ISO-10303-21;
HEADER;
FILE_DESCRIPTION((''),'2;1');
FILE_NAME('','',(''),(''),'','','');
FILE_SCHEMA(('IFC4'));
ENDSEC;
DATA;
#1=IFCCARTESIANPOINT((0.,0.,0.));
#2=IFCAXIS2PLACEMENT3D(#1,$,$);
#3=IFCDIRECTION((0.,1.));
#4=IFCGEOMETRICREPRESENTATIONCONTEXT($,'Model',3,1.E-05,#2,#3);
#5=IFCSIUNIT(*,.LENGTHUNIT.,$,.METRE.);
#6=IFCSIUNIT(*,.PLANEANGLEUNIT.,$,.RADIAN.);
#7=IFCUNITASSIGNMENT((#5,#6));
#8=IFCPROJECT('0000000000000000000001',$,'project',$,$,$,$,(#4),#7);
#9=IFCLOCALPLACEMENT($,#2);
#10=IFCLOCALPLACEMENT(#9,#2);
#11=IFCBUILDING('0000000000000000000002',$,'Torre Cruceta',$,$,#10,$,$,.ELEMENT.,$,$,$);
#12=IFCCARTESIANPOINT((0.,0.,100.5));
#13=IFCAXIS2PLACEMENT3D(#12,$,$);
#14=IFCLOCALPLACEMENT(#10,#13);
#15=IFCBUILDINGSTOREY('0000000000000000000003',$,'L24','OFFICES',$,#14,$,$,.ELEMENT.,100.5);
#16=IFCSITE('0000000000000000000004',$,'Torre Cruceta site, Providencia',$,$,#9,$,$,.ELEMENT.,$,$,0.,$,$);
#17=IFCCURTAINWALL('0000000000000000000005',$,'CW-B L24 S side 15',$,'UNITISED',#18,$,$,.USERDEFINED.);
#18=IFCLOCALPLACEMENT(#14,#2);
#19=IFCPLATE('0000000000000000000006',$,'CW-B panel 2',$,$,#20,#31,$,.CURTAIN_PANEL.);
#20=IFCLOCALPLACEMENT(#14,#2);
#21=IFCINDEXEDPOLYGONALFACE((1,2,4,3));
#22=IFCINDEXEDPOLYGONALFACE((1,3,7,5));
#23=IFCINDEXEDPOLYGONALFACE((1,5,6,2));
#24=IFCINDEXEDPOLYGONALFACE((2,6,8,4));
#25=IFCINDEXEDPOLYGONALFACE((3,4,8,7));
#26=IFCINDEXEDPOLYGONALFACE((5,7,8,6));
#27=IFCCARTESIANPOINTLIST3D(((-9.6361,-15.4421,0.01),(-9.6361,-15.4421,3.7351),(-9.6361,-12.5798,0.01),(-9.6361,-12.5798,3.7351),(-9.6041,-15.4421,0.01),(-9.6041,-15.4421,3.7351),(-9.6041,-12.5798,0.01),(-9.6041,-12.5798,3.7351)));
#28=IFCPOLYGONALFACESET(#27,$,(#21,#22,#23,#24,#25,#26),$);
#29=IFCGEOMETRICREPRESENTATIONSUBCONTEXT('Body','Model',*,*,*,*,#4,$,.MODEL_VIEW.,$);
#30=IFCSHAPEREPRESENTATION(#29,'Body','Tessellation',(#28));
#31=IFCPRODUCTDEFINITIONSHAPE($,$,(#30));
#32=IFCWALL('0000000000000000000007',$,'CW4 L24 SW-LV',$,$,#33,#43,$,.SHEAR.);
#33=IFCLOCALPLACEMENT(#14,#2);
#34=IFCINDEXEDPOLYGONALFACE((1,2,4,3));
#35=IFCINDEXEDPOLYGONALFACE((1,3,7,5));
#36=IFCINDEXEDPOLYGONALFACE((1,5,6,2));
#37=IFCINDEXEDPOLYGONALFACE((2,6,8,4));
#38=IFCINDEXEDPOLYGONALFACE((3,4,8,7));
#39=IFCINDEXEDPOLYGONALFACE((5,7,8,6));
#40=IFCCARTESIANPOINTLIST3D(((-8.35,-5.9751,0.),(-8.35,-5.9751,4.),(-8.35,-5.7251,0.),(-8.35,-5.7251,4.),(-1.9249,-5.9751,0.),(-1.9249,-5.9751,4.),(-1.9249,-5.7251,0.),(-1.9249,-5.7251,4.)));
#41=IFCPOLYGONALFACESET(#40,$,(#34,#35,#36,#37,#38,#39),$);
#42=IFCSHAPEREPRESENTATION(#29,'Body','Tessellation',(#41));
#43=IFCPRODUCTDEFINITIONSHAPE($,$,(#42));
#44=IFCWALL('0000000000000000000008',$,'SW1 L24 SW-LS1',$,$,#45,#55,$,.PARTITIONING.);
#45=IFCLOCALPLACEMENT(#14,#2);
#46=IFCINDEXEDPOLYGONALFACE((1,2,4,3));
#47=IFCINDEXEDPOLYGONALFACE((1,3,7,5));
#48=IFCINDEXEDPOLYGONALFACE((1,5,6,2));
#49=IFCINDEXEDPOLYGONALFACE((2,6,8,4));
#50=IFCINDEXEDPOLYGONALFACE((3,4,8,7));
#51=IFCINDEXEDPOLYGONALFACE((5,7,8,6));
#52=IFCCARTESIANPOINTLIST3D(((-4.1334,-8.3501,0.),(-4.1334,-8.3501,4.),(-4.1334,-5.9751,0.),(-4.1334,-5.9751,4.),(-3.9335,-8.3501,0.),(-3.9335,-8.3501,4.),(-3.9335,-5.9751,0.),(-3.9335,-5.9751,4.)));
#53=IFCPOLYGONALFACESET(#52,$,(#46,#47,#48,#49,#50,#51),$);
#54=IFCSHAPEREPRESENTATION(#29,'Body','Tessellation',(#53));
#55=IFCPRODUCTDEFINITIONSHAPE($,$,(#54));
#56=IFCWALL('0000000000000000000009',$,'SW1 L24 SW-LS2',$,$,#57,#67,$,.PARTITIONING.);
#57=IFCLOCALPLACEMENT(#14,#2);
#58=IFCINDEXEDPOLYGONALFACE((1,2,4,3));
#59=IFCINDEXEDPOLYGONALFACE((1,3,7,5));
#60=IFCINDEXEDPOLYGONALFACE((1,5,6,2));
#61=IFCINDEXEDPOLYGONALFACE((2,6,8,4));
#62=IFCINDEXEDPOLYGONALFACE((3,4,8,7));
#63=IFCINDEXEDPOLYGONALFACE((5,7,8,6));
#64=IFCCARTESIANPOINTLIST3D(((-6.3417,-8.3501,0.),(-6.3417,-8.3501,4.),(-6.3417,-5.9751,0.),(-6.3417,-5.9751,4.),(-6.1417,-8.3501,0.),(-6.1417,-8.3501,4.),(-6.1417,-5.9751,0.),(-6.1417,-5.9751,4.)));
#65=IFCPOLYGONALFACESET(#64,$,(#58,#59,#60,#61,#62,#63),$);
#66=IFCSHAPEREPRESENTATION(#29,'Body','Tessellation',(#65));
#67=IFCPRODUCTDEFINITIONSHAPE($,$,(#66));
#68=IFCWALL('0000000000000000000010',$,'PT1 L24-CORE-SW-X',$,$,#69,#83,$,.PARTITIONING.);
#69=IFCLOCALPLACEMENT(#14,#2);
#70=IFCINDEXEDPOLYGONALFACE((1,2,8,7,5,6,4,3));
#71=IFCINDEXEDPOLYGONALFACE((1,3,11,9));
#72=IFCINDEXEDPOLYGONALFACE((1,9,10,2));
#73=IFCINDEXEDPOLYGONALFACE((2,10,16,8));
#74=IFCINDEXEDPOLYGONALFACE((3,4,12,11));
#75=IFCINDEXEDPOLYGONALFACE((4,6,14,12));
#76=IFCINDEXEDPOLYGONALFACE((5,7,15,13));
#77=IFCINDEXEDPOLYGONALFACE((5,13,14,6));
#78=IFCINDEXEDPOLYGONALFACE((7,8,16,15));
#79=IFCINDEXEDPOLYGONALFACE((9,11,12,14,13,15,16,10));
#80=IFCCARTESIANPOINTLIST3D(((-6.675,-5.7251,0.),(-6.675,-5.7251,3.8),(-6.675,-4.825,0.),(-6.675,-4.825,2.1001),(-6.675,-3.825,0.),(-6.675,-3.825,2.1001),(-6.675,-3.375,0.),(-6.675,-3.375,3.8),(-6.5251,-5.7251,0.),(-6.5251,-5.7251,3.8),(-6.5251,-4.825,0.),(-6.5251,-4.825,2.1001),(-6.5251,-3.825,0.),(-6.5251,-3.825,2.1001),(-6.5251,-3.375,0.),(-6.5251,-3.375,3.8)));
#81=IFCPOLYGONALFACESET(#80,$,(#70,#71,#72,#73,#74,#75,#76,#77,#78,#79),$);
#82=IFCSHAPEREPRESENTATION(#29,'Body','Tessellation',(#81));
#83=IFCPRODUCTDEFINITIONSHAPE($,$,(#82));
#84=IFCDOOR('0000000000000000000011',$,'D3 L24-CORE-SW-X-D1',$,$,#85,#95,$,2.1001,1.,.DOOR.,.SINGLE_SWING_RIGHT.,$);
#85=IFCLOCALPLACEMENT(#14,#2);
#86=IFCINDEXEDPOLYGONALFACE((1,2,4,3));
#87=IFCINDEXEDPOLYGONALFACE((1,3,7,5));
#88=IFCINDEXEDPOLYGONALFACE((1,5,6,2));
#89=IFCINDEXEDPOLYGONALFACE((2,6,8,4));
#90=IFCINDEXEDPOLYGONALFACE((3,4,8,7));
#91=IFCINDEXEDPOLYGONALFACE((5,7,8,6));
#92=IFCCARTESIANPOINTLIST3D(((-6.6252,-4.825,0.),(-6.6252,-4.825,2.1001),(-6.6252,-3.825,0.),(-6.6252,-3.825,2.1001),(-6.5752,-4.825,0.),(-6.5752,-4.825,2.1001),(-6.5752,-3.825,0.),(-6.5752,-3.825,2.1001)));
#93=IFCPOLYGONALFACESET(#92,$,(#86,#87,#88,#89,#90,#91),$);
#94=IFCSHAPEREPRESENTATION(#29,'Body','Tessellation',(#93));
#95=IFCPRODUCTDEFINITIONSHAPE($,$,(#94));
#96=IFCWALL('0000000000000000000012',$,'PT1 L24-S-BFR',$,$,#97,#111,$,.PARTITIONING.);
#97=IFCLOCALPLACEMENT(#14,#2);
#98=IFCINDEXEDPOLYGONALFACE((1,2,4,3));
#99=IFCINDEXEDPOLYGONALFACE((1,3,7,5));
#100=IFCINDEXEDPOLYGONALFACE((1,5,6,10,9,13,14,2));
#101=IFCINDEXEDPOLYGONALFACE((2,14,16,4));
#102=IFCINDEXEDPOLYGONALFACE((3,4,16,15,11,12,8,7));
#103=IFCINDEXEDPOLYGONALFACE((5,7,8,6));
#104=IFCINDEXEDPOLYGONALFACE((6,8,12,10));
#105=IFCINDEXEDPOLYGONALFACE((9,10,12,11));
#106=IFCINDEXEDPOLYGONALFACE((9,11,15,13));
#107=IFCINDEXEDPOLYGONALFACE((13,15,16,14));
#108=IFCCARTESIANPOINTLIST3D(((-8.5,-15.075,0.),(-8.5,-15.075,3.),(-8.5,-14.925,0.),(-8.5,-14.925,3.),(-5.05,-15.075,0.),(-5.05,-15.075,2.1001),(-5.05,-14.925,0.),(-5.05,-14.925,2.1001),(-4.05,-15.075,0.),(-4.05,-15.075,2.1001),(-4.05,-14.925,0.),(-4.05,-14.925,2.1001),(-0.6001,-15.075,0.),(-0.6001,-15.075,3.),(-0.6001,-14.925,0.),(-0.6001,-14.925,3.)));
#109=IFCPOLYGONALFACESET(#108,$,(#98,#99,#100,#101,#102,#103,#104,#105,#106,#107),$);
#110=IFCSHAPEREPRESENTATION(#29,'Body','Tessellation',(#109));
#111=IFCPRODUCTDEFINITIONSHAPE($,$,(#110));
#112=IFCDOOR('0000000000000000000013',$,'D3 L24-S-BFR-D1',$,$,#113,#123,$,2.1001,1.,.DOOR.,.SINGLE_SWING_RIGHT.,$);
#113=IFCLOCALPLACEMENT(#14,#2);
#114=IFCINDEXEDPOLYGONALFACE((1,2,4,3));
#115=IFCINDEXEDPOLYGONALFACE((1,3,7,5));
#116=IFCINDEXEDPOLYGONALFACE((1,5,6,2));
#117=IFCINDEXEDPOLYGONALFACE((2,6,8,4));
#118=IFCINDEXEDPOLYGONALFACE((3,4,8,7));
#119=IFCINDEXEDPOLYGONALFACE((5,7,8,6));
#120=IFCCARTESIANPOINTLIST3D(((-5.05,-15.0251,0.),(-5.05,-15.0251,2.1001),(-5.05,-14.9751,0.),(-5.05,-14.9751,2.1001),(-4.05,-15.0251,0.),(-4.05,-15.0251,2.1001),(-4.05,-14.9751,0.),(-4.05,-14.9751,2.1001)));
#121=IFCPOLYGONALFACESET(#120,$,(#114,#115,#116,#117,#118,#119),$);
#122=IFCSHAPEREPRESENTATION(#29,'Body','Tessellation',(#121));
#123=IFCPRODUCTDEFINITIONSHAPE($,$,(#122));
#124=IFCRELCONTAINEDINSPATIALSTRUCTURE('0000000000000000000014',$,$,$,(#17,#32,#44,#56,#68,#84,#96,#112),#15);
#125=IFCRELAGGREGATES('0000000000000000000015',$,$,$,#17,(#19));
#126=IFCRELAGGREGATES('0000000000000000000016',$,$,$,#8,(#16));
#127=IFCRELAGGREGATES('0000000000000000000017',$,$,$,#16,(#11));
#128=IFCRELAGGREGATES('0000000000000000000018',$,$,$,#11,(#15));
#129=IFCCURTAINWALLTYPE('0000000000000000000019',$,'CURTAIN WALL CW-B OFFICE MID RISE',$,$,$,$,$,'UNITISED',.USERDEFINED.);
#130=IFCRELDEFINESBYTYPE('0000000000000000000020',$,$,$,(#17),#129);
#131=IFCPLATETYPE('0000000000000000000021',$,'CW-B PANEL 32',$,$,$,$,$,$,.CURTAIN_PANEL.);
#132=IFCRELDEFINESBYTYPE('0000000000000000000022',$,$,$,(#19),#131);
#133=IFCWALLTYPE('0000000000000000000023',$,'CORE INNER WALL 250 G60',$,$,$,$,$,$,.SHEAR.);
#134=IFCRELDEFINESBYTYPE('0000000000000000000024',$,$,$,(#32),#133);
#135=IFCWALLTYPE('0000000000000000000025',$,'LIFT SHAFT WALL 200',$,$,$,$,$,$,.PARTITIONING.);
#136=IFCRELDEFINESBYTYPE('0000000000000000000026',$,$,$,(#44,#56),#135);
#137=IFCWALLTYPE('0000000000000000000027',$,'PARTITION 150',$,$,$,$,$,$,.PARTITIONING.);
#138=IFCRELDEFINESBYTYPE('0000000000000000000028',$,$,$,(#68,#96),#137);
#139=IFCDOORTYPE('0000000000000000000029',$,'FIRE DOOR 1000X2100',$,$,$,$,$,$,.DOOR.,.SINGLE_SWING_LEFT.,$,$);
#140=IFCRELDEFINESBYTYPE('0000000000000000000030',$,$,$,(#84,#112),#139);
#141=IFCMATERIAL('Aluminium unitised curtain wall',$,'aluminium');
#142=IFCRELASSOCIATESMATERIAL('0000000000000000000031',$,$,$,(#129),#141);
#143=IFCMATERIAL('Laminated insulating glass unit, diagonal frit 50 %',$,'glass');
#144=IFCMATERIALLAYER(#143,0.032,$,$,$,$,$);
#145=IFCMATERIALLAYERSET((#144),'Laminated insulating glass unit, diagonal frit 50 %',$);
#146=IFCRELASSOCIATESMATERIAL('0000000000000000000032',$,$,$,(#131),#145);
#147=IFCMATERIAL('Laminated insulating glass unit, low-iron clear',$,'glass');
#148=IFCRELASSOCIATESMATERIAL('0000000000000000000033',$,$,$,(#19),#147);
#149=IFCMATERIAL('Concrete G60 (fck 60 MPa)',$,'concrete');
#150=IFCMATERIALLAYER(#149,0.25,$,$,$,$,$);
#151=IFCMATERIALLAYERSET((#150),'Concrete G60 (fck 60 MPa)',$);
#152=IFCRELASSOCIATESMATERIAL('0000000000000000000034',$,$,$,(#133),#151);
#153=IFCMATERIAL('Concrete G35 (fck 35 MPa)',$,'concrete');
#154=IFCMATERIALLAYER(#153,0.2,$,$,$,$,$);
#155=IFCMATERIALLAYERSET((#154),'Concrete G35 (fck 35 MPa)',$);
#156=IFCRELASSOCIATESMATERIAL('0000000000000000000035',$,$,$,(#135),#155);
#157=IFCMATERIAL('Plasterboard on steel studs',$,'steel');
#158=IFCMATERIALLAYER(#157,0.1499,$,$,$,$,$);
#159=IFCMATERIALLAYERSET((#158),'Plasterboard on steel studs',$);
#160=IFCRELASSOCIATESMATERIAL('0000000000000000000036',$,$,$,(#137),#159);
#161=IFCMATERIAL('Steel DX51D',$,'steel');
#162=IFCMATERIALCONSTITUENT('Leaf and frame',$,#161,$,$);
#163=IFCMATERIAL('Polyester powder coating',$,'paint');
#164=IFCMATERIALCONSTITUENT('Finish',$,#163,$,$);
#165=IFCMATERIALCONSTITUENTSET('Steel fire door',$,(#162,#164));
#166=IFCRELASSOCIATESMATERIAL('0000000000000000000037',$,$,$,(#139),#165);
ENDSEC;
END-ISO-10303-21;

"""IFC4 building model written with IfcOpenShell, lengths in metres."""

from ifc_helpers import new_model, si_unit, direction, frame, frame_2d, origin, origin_2d, place, context, subcontext, project, spatial, rectangle, extrude, material, layer, layer_set, constituent, constituent_set, type_object, element, fill, aggregate, save


model = new_model("IFC4")

# Units and contexts
model_context = context("Model", 3, precision=1e-05, world=origin(), true_north=direction((0.0, 1.0)))
body_context = subcontext(model_context, "Body", "Model", "MODEL_VIEW")
ifc_project = project(units=[si_unit("LENGTHUNIT", "METRE"), si_unit("PLANEANGLEUNIT", "RADIAN")], contexts=[model_context])

# Site, building, storey
site_placement = place(None, origin())
site = spatial("IfcSite", under=ifc_project, at=site_placement, Name="Torre Cruceta site, Providencia", CompositionType="ELEMENT", RefElevation=0.0)
building_placement = place(site_placement, origin())
building = spatial("IfcBuilding", under=site, at=building_placement, Name="Torre Cruceta", CompositionType="ELEMENT")
storey_placement = place(building_placement, frame((0.0, 0.0, 100.5)))
storey = spatial("IfcBuildingStorey", under=building, at=storey_placement, Name="L24", Description="OFFICES", CompositionType="ELEMENT", Elevation=100.5)

# Curtain wall
ifc_material_1 = material(Name="Aluminium unitised curtain wall", Category="aluminium")
curtain_wall_type = type_object("IfcCurtainWallType", Name="CURTAIN WALL CW-B OFFICE MID RISE", ElementType="UNITISED", PredefinedType="USERDEFINED", material=ifc_material_1)
curtain_wall_placement = place(storey_placement, origin())
curtain_wall = element("IfcCurtainWall", 1, at=curtain_wall_placement, inside=storey, type_object=curtain_wall_type, Name="CW-B L24 S side 15", ObjectType="UNITISED", PredefinedType="USERDEFINED")

# Plate
ifc_material_2 = material(Name="Laminated insulating glass unit, low-iron clear", Category="glass")
ifc_material_3 = material(Name="Laminated insulating glass unit, diagonal frit 50 %", Category="glass")
ifc_layer_1 = layer(ifc_material_3, 0.032)
ifc_layer_set_1 = layer_set([ifc_layer_1], Name="Laminated insulating glass unit, diagonal frit 50 %")
plate_type = type_object("IfcPlateType", Name="CW-B PANEL 32", PredefinedType="CURTAIN_PANEL", material=ifc_layer_set_1)
plate_1_placement = place(storey_placement, frame((-9.6201, -14.011, 0.01), z_axis=(0.0, 0.0, 1.0), x_axis=(0.0, -1.0, 0.0)))
plate_1 = element("IfcPlate", 2, at=plate_1_placement, type_object=plate_type, material=ifc_material_2, Name="CW-B panel 2", PredefinedType="CURTAIN_PANEL", context=body_context, shape_type="SweptSolid", body=[
    extrude(rectangle(XDim=2.8623, YDim=0.032, at=origin_2d()), origin(), (0.0, 0.0, 1.0), 3.7251),
])
aggregate(curtain_wall, [plate_1])

# Wall
ifc_material_4 = material(Name="Concrete G60 (fck 60 MPa)", Category="concrete")
ifc_layer_2 = layer(ifc_material_4, 0.25)
ifc_layer_set_2 = layer_set([ifc_layer_2], Name="Concrete G60 (fck 60 MPa)")
wall_type_1 = type_object("IfcWallType", Name="CORE INNER WALL 250 G60", PredefinedType="SHEAR", material=ifc_layer_set_2)
wall_1_placement = place(storey_placement, frame((-1.925, -5.8501, 0.0), z_axis=(0.0, 0.0, 1.0), x_axis=(-1.0, 0.0, 0.0)))
element("IfcWall", 3, at=wall_1_placement, inside=storey, type_object=wall_type_1, Name="CW4 L24 SW-LV", PredefinedType="SHEAR", context=body_context, shape_type="SweptSolid", body=[
    extrude(rectangle(XDim=6.425, YDim=0.25, at=frame_2d((3.2124, 0.0))), origin(), (0.0, 0.0, 1.0), 4.0),
])

# Walls
ifc_material_5 = material(Name="Concrete G35 (fck 35 MPa)", Category="concrete")
ifc_layer_3 = layer(ifc_material_5, 0.2)
ifc_layer_set_3 = layer_set([ifc_layer_3], Name="Concrete G35 (fck 35 MPa)")
wall_type_2 = type_object("IfcWallType", Name="LIFT SHAFT WALL 200", PredefinedType="PARTITIONING", material=ifc_layer_set_3)
for number, where, z_axis, x_axis, name in (
    (4, (-4.0334, -5.9751, 0.0), (0.0, 0.0, 1.0), (0.0, -1.0, 0.0), "SW1 L24 SW-LS1"),
    (5, (-6.2417, -5.9751, 0.0), (0.0, 0.0, 1.0), (0.0, -1.0, 0.0), "SW1 L24 SW-LS2"),
):
    element("IfcWall", number, at=place(storey_placement, frame(where, z_axis=z_axis, x_axis=x_axis)), inside=storey, type_object=wall_type_2, Name=name, PredefinedType="PARTITIONING", context=body_context, shape_type="SweptSolid", body=[
        extrude(rectangle(XDim=2.375, YDim=0.2, at=frame_2d((1.1875, 0.0))), origin(), (0.0, 0.0, 1.0), 4.0),
    ])

# Walls, openings, doors
ifc_material_6 = material(Name="Plasterboard on steel studs", Category="steel")
ifc_layer_4 = layer(ifc_material_6, 0.1499)
ifc_layer_set_4 = layer_set([ifc_layer_4], Name="Plasterboard on steel studs")
wall_type_3 = type_object("IfcWallType", Name="PARTITION 150", PredefinedType="PARTITIONING", material=ifc_layer_set_4)
wall_2_placement = place(storey_placement, frame((-6.6001, -3.375, 0.0), z_axis=(0.0, 0.0, 1.0), x_axis=(0.0, -1.0, 0.0)))
wall_2 = element("IfcWall", 6, at=wall_2_placement, inside=storey, type_object=wall_type_3, Name="PT1 L24-CORE-SW-X", PredefinedType="PARTITIONING", context=body_context, shape_type="SweptSolid", body=[
    extrude(rectangle(XDim=2.3501, YDim=0.1499, at=frame_2d((1.175, 0.0))), origin(), (0.0, 0.0, 1.0), 3.8),
])
opening_1_placement = place(wall_2_placement, frame((0.45, 0.0, 0.0)))
opening_1 = element("IfcOpeningElement", 7, at=opening_1_placement, cuts=wall_2, PredefinedType="OPENING", context=body_context, shape_type="SweptSolid", body=[
    extrude(rectangle(XDim=1.0, YDim=2.1001, at=frame_2d((0.5, 1.05))), frame((0.0, 0.085, 0.0), z_axis=(0.0, -1.0, 0.0), x_axis=(1.0, 0.0, 0.0)), (0.0, 0.0, 1.0), 0.1699),
])
ifc_material_7 = material(Name="Steel DX51D", Category="steel")
ifc_constituent_1 = constituent(ifc_material_7, Name="Leaf and frame")
ifc_material_8 = material(Name="Polyester powder coating", Category="paint")
ifc_constituent_2 = constituent(ifc_material_8, Name="Finish")
ifc_constituent_set_1 = constituent_set(constituents=[ifc_constituent_1, ifc_constituent_2], Name="Steel fire door")
door_type_1 = type_object("IfcDoorType", Name="FIRE DOOR 1000X2100", OperationType="SINGLE_SWING_LEFT", PredefinedType="DOOR", material=ifc_constituent_set_1)
door_1_placement = place(opening_1_placement, frame((1.0, 0.0, 0.0), z_axis=(0.0, 0.0, 1.0), x_axis=(-1.0, 0.0, 0.0)))
door_1 = element("IfcDoor", 8, at=door_1_placement, inside=storey, type_object=door_type_1, Name="D3 L24-CORE-SW-X-D1", OperationType="SINGLE_SWING_RIGHT", OverallHeight=2.1001, OverallWidth=1.0, PredefinedType="DOOR", context=body_context, shape_type="SweptSolid", body=[
    extrude(rectangle(XDim=1.0, YDim=2.1001, at=frame_2d((0.5, 1.05))), frame((0.0, 0.0251, 0.0), z_axis=(0.0, -1.0, 0.0), x_axis=(1.0, 0.0, 0.0)), (0.0, 0.0, 1.0), 0.05),
])
fill(opening_1, door_1)
wall_3_placement = place(storey_placement, frame((-8.5, -15.0, 0.0), z_axis=(0.0, 0.0, 1.0), x_axis=(1.0, 0.0, 0.0)))
wall_3 = element("IfcWall", 9, at=wall_3_placement, inside=storey, type_object=wall_type_3, Name="PT1 L24-S-BFR", PredefinedType="PARTITIONING", context=body_context, shape_type="SweptSolid", body=[
    extrude(rectangle(XDim=7.8999, YDim=0.1499, at=frame_2d((3.95, 0.0))), origin(), (0.0, 0.0, 1.0), 3.0),
])
opening_2_placement = place(wall_3_placement, frame((3.45, 0.0, 0.0)))
opening_2 = element("IfcOpeningElement", 10, at=opening_2_placement, cuts=wall_3, PredefinedType="OPENING", context=body_context, shape_type="SweptSolid", body=[
    extrude(rectangle(XDim=1.0, YDim=2.1001, at=frame_2d((0.5, 1.05))), frame((0.0, 0.085, 0.0), z_axis=(0.0, -1.0, 0.0), x_axis=(1.0, 0.0, 0.0)), (0.0, 0.0, 1.0), 0.1699),
])
door_2_placement = place(opening_2_placement, origin())
door_2 = element("IfcDoor", 11, at=door_2_placement, inside=storey, type_object=door_type_1, Name="D3 L24-S-BFR-D1", OperationType="SINGLE_SWING_RIGHT", OverallHeight=2.1001, OverallWidth=1.0, PredefinedType="DOOR", context=body_context, shape_type="SweptSolid", body=[
    extrude(rectangle(XDim=1.0, YDim=2.1001, at=frame_2d((0.5, 1.05))), frame((0.0, 0.0249, 0.0), z_axis=(0.0, -1.0, 0.0), x_axis=(1.0, 0.0, 0.0)), (0.0, 0.0, 1.0), 0.05),
])
fill(opening_2, door_2)

save(model, "model.ifc")
